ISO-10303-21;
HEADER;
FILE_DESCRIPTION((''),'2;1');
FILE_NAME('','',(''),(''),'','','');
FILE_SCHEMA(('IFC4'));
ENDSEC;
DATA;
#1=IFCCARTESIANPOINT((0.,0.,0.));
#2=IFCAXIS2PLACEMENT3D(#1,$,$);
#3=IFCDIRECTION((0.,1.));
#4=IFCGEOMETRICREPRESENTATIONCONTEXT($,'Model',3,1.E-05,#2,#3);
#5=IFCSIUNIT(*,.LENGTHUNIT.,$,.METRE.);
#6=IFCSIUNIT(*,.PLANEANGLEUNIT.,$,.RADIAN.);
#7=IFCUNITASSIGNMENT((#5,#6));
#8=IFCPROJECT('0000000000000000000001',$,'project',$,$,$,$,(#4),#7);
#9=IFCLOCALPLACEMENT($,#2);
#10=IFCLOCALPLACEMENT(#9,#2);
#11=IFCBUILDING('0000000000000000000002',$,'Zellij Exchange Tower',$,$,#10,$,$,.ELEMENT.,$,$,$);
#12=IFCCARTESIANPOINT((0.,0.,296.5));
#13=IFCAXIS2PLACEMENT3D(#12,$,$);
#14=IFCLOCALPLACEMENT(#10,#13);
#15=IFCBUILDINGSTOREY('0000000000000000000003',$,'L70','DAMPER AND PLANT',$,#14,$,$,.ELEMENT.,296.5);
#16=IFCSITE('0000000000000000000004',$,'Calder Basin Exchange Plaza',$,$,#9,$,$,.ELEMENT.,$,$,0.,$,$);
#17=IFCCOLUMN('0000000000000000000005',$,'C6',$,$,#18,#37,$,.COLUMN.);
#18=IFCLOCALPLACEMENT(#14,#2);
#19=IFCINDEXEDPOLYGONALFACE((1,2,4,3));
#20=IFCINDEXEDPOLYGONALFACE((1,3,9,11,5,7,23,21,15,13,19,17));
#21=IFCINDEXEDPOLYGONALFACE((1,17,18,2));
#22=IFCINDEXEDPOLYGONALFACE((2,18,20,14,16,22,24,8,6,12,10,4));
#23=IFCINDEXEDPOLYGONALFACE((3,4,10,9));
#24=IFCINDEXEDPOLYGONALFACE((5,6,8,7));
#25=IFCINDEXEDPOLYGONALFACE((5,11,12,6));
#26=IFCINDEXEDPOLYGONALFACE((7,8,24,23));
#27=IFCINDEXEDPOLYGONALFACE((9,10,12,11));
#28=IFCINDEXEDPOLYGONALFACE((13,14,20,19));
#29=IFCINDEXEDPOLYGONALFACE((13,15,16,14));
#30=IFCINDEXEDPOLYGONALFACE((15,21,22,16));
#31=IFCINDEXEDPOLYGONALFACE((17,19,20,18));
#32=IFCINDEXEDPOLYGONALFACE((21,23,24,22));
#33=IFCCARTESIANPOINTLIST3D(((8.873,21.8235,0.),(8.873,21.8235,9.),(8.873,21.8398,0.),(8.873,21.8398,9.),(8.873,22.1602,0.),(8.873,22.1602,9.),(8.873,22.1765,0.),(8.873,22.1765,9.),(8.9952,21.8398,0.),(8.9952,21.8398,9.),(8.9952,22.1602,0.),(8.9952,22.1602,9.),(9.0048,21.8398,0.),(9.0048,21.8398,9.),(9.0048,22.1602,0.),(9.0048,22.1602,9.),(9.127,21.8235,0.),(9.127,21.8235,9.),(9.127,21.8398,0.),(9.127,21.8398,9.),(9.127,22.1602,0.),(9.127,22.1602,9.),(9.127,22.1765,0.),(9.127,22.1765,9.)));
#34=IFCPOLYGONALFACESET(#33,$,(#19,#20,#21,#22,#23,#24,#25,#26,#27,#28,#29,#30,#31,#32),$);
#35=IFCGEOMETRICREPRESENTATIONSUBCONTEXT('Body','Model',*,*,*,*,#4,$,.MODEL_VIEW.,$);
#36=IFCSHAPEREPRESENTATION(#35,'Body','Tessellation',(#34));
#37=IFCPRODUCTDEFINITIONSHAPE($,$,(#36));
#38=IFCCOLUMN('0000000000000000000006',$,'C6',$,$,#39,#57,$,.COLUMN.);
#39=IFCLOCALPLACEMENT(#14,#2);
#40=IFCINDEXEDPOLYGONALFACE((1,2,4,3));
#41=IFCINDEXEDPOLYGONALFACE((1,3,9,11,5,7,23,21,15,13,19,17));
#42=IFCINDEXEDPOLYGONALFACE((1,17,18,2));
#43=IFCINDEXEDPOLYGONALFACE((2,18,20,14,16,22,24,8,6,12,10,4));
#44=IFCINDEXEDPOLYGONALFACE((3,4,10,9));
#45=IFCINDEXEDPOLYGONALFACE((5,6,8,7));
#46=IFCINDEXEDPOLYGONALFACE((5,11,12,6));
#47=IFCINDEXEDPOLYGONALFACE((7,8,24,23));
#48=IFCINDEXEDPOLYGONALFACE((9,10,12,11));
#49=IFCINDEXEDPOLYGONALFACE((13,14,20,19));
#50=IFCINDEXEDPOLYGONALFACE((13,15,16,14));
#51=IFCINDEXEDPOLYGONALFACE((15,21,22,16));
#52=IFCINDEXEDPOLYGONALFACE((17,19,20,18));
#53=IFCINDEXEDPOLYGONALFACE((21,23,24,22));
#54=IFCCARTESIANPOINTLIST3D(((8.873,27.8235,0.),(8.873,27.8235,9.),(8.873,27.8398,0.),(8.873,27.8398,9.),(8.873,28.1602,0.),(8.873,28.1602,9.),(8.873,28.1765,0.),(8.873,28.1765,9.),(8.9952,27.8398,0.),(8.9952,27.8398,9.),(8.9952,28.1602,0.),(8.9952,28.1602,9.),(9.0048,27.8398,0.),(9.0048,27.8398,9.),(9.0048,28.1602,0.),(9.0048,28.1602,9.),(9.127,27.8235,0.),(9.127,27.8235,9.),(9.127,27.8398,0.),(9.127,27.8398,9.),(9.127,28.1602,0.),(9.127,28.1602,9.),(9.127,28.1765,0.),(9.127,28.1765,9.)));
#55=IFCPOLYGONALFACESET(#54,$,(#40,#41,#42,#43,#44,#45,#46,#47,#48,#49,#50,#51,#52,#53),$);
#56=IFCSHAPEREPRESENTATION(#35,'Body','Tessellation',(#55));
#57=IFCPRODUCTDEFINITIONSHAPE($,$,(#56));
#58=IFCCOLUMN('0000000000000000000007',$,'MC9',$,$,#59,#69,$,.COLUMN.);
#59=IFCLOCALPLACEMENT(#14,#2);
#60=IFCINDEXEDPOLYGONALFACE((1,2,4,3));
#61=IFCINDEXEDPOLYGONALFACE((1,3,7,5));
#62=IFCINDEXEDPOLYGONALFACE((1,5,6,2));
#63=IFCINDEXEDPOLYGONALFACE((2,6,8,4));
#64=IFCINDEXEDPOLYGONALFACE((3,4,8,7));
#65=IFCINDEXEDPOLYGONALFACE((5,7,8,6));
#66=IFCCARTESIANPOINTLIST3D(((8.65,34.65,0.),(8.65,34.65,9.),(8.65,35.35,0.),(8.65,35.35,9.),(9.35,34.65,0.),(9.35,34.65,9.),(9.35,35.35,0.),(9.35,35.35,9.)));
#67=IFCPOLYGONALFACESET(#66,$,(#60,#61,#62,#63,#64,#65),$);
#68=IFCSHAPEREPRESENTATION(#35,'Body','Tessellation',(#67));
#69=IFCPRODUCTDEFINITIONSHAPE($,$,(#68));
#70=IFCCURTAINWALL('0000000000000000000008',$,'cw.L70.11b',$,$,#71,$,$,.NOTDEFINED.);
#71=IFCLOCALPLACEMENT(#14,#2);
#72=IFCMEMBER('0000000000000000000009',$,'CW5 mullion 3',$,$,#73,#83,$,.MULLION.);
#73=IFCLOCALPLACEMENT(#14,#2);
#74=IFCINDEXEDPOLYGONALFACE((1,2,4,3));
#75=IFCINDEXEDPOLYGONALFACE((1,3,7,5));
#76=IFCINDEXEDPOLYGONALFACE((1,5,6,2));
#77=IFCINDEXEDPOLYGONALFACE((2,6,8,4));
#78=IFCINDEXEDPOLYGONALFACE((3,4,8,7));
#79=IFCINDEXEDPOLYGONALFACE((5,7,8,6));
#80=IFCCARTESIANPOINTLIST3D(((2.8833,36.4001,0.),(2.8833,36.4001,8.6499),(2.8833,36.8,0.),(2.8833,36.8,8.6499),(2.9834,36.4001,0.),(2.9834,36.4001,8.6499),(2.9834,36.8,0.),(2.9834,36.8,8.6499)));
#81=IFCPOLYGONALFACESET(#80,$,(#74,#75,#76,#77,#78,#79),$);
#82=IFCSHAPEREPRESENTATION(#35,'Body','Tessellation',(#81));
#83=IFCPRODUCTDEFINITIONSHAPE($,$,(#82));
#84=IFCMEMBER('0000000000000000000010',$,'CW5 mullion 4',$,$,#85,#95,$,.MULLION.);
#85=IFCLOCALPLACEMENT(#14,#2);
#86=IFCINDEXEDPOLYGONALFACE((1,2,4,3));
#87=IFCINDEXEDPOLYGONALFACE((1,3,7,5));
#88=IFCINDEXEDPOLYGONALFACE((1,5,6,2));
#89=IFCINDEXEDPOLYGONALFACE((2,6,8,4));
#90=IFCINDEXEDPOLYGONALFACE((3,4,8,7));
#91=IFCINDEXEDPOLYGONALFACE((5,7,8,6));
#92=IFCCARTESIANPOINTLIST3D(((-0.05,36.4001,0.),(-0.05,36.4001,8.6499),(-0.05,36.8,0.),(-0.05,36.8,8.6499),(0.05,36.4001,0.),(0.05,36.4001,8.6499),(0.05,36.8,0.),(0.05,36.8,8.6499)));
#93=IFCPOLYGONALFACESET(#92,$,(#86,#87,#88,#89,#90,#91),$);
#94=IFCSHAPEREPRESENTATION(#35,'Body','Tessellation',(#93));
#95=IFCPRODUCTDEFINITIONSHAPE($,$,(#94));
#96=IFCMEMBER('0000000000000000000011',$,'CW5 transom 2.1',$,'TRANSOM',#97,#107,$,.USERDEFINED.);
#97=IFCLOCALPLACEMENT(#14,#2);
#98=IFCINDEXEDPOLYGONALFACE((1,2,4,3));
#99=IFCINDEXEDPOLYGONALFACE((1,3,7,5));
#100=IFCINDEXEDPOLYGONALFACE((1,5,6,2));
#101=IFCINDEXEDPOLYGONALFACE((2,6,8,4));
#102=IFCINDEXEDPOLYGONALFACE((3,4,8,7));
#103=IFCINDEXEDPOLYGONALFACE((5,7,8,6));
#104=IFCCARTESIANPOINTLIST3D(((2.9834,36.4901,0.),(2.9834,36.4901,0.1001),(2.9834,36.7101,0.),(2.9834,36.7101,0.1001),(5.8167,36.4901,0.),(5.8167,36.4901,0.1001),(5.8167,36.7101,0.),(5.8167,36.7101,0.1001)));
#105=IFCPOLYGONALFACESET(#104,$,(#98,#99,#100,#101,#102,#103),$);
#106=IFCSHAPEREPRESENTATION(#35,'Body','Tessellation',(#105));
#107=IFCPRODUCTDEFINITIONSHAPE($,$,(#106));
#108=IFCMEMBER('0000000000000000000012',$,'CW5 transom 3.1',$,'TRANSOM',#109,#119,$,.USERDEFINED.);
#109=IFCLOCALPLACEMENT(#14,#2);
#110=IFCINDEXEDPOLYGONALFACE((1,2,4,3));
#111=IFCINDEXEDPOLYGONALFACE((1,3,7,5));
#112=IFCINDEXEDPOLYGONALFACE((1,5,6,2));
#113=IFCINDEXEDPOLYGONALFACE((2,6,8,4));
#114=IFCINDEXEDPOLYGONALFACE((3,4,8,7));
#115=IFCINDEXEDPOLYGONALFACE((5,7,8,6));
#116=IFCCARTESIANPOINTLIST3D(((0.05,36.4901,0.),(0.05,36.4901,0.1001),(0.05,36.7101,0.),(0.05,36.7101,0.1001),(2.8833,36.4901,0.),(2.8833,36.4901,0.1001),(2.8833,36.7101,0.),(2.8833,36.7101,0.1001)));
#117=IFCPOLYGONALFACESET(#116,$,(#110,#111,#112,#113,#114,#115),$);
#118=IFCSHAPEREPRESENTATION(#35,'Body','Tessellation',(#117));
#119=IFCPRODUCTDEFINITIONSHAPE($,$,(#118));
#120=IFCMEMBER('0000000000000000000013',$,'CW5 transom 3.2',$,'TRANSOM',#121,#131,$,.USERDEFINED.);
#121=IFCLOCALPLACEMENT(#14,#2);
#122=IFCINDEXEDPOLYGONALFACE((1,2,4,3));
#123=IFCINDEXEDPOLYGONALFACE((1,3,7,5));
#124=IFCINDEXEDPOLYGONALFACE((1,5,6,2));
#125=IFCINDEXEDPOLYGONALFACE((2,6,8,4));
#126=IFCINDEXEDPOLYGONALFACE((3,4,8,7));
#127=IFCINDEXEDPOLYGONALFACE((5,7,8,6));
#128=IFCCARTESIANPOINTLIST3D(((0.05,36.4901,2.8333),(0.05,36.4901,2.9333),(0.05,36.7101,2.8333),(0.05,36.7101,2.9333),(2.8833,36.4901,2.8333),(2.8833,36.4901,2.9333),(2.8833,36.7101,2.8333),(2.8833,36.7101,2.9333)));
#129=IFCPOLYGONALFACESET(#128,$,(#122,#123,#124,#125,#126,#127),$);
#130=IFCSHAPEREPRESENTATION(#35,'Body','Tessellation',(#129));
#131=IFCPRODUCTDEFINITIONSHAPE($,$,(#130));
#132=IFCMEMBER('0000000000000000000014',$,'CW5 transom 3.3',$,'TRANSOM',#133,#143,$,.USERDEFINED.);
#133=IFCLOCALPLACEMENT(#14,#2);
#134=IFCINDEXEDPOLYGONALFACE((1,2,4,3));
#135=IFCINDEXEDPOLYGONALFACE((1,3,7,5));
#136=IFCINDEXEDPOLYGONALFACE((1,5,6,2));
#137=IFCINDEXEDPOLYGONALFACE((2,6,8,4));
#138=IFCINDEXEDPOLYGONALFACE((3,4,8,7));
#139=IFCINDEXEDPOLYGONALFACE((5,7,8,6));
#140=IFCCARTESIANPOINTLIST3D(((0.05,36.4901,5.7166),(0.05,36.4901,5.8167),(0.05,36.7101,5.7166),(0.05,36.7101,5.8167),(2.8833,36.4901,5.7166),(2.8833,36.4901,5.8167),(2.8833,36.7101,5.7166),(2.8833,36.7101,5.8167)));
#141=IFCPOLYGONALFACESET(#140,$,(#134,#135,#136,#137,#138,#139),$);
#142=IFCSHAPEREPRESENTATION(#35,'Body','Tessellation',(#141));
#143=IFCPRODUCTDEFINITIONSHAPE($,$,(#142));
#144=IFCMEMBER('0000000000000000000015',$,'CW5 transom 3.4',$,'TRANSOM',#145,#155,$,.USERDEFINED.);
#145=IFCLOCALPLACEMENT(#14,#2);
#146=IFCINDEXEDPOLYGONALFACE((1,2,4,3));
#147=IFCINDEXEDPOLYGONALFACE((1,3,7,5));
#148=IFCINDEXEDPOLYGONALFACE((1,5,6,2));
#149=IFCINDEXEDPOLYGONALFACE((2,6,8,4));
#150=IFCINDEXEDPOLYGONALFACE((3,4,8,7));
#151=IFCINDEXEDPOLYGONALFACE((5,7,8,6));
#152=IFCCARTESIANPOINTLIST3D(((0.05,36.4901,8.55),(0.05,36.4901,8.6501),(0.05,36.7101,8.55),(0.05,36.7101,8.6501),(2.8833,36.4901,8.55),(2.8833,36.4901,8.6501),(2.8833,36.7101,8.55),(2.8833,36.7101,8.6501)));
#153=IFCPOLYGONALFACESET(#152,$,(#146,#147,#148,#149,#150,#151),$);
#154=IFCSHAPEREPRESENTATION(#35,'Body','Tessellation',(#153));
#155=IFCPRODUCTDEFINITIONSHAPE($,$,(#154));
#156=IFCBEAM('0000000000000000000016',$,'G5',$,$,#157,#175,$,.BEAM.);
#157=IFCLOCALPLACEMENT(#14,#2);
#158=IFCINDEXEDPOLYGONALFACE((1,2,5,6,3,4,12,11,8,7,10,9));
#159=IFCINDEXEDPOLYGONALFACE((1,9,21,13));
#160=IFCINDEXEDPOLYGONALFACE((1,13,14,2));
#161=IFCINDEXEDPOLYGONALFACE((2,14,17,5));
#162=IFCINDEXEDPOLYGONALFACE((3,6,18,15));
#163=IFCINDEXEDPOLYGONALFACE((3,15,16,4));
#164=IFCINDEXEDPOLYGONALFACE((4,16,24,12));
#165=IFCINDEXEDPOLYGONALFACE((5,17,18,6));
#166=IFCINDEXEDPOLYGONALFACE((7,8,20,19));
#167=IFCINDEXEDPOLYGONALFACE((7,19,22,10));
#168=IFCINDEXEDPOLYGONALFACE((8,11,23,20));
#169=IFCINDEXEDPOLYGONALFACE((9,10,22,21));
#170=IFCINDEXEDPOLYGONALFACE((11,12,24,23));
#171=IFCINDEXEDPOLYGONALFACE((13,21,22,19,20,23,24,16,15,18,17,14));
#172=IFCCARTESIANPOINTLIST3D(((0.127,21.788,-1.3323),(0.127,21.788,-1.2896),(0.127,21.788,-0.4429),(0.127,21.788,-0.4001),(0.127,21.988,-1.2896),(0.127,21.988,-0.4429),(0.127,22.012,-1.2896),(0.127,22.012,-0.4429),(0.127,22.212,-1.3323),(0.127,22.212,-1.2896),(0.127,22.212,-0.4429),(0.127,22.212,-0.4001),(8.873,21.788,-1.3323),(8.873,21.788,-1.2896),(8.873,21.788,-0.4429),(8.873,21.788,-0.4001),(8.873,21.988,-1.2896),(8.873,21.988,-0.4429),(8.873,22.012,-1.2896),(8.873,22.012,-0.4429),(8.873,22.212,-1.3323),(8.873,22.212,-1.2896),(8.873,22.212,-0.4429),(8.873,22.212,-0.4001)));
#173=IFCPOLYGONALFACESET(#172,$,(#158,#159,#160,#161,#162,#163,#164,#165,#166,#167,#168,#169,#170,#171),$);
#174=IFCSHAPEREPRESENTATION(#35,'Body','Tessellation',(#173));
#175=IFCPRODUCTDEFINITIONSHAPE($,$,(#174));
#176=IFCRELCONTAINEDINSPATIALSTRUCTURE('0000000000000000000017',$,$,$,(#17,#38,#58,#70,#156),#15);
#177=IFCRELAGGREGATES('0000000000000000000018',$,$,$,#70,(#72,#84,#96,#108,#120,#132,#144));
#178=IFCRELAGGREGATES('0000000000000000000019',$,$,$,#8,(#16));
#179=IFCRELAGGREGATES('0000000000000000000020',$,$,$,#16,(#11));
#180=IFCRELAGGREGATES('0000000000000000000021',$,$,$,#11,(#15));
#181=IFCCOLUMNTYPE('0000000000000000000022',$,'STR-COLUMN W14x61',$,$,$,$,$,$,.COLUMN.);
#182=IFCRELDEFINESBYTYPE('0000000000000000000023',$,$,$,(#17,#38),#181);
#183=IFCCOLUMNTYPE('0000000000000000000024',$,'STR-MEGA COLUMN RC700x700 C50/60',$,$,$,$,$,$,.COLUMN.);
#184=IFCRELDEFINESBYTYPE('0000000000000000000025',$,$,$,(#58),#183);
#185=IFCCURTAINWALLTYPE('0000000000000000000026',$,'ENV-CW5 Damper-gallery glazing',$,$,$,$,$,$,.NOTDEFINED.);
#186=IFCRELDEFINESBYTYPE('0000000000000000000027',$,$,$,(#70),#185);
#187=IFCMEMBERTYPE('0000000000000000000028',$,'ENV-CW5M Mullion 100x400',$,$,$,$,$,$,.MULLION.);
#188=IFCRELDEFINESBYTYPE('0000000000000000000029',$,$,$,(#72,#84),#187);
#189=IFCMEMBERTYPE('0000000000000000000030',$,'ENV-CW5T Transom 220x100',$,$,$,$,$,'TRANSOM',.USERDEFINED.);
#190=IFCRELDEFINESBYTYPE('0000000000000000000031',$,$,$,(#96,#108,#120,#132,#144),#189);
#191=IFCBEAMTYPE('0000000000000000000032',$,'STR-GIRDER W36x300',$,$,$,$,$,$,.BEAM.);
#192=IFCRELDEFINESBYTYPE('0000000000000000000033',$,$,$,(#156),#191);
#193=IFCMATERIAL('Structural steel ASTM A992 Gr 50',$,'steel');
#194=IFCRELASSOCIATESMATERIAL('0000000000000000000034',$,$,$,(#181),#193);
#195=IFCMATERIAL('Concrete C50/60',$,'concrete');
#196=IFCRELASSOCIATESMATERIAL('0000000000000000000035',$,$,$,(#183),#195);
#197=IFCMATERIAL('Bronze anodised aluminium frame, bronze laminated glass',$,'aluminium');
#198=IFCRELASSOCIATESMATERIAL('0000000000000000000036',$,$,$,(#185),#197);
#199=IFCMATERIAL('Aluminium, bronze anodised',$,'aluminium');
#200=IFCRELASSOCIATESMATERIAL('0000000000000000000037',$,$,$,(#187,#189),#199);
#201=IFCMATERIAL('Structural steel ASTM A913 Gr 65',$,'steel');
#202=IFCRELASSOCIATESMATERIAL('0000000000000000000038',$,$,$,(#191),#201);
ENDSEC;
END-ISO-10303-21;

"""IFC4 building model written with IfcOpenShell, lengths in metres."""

from ifc_helpers import new_model, si_unit, direction, frame, origin, origin_2d, place, context, subcontext, project, spatial, rectangle, i_section, extrude, material, material_profile, profile_set, type_object, element, aggregate, save


model = new_model("IFC4")

# Units and contexts
model_context = context("Model", 3, precision=1e-05, world=origin(), true_north=direction((0.0, 1.0)))
body_context = subcontext(model_context, "Body", "Model", "MODEL_VIEW")
ifc_project = project(units=[si_unit("LENGTHUNIT", "METRE"), si_unit("PLANEANGLEUNIT", "RADIAN")], contexts=[model_context])

# Site, building, storey
site_placement = place(None, origin())
site = spatial("IfcSite", under=ifc_project, at=site_placement, Name="Calder Basin Exchange Plaza", CompositionType="ELEMENT", RefElevation=0.0)
building_placement = place(site_placement, origin())
building = spatial("IfcBuilding", under=site, at=building_placement, Name="Zellij Exchange Tower", CompositionType="ELEMENT")
storey_placement = place(building_placement, frame((0.0, 0.0, 296.5)))
storey = spatial("IfcBuildingStorey", under=building, at=storey_placement, Name="L70", Description="DAMPER AND PLANT", CompositionType="ELEMENT", Elevation=296.5)

# Columns
ifc_material_1 = material(Name="Structural steel ASTM A992 Gr 50", Category="steel")
ifc_material_profile_1 = material_profile(ifc_material_1, i_section(OverallWidth=0.2539, OverallDepth=0.353, WebThickness=0.0095, FlangeThickness=0.0164, at=origin_2d()), Name="W14x61")
ifc_profile_set_1 = profile_set([ifc_material_profile_1], Name="Structural steel ASTM A992 Gr 50")
column_type_1 = type_object("IfcColumnType", Name="STR-COLUMN W14x61", PredefinedType="COLUMN", material=ifc_profile_set_1)
for number, where, z_axis, x_axis, name in (
    (1, (9.0, 22.0, 0.0), (0.0, 0.0, 1.0), (1.0, 0.0, 0.0), "C6"),
    (2, (9.0, 28.0, 0.0), (0.0, 0.0, 1.0), (1.0, 0.0, 0.0), "C6"),
):
    element("IfcColumn", number, at=place(storey_placement, frame(where, z_axis=z_axis, x_axis=x_axis)), inside=storey, type_object=column_type_1, Name=name, PredefinedType="COLUMN", context=body_context, shape_type="SweptSolid", body=[
        extrude(i_section(OverallWidth=0.2539, OverallDepth=0.353, WebThickness=0.0095, FlangeThickness=0.0164, at=origin_2d()), origin(), (0.0, 0.0, 1.0), 9.0),
    ])
ifc_material_2 = material(Name="Concrete C50/60", Category="concrete")
ifc_material_profile_2 = material_profile(ifc_material_2, rectangle(XDim=0.7, YDim=0.7, at=origin_2d()), Name="STR-MEGA COLUMN RC700x700 C50/60")
ifc_profile_set_2 = profile_set([ifc_material_profile_2], Name="Concrete C50/60")
column_type_2 = type_object("IfcColumnType", Name="STR-MEGA COLUMN RC700x700 C50/60", PredefinedType="COLUMN", material=ifc_profile_set_2)
column_placement = place(storey_placement, frame((9.0, 35.0, 0.0), z_axis=(0.0, 0.0, 1.0), x_axis=(1.0, 0.0, 0.0)))
element("IfcColumn", 3, at=column_placement, inside=storey, type_object=column_type_2, Name="MC9", PredefinedType="COLUMN", context=body_context, shape_type="SweptSolid", body=[
    extrude(rectangle(XDim=0.7, YDim=0.7, at=origin_2d()), origin(), (0.0, 0.0, 1.0), 9.0),
])

# Curtain wall, members
ifc_material_3 = material(Name="Bronze anodised aluminium frame, bronze laminated glass", Category="aluminium")
curtain_wall_type = type_object("IfcCurtainWallType", Name="ENV-CW5 Damper-gallery glazing", PredefinedType="NOTDEFINED", material=ifc_material_3)
curtain_wall_placement = place(storey_placement, origin())
curtain_wall = element("IfcCurtainWall", 4, at=curtain_wall_placement, inside=storey, type_object=curtain_wall_type, Name="cw.L70.11b", PredefinedType="NOTDEFINED")
ifc_material_4 = material(Name="Aluminium, bronze anodised", Category="aluminium")
ifc_material_profile_3 = material_profile(ifc_material_4, rectangle(XDim=0.1001, YDim=0.3999, at=origin_2d()), Name="AL 100x400")
ifc_profile_set_3 = profile_set([ifc_material_profile_3], Name="Aluminium, bronze anodised")
member_type_1 = type_object("IfcMemberType", Name="ENV-CW5M Mullion 100x400", PredefinedType="MULLION", material=ifc_profile_set_3)
member_1_placement = place(storey_placement, frame((2.9333, 36.6001, 0.0), z_axis=(0.0, 0.0, 1.0), x_axis=(-1.0, 0.0, 0.0)))
member_1 = element("IfcMember", 5, at=member_1_placement, type_object=member_type_1, Name="CW5 mullion 3", PredefinedType="MULLION", context=body_context, shape_type="SweptSolid", body=[
    extrude(rectangle(XDim=0.1001, YDim=0.3999, at=origin_2d()), origin(), (0.0, 0.0, 1.0), 8.6499),
])
member_2_placement = place(storey_placement, frame((0.0, 36.6001, 0.0), z_axis=(0.0, 0.0, 1.0), x_axis=(-1.0, 0.0, 0.0)))
member_2 = element("IfcMember", 6, at=member_2_placement, type_object=member_type_1, Name="CW5 mullion 4", PredefinedType="MULLION", context=body_context, shape_type="SweptSolid", body=[
    extrude(rectangle(XDim=0.1001, YDim=0.3999, at=origin_2d()), origin(), (0.0, 0.0, 1.0), 8.6499),
])
ifc_material_profile_4 = material_profile(ifc_material_4, rectangle(XDim=0.22, YDim=0.1001, at=origin_2d()), Name="AL 220x100")
ifc_profile_set_4 = profile_set([ifc_material_profile_4], Name="Aluminium, bronze anodised")
member_type_2 = type_object("IfcMemberType", Name="ENV-CW5T Transom 220x100", ElementType="TRANSOM", PredefinedType="USERDEFINED", material=ifc_profile_set_4)
member_3_placement = place(storey_placement, frame((5.8167, 36.6001, 0.05), z_axis=(-1.0, 0.0, 0.0), x_axis=(0.0, -1.0, 0.0)))
member_3 = element("IfcMember", 7, at=member_3_placement, type_object=member_type_2, Name="CW5 transom 2.1", ObjectType="TRANSOM", PredefinedType="USERDEFINED", context=body_context, shape_type="SweptSolid", body=[
    extrude(rectangle(XDim=0.22, YDim=0.1001, at=origin_2d()), origin(), (0.0, 0.0, 1.0), 2.8333),
])
member_4_placement = place(storey_placement, frame((2.8833, 36.6001, 0.05), z_axis=(-1.0, 0.0, 0.0), x_axis=(0.0, -1.0, 0.0)))
member_4 = element("IfcMember", 8, at=member_4_placement, type_object=member_type_2, Name="CW5 transom 3.1", ObjectType="TRANSOM", PredefinedType="USERDEFINED", context=body_context, shape_type="SweptSolid", body=[
    extrude(rectangle(XDim=0.22, YDim=0.1001, at=origin_2d()), origin(), (0.0, 0.0, 1.0), 2.8333),
])
member_5_placement = place(storey_placement, frame((2.8833, 36.6001, 2.8833), z_axis=(-1.0, 0.0, 0.0), x_axis=(0.0, -1.0, 0.0)))
member_5 = element("IfcMember", 9, at=member_5_placement, type_object=member_type_2, Name="CW5 transom 3.2", ObjectType="TRANSOM", PredefinedType="USERDEFINED", context=body_context, shape_type="SweptSolid", body=[
    extrude(rectangle(XDim=0.22, YDim=0.1001, at=origin_2d()), origin(), (0.0, 0.0, 1.0), 2.8333),
])
member_6_placement = place(storey_placement, frame((2.8833, 36.6001, 5.7666), z_axis=(-1.0, 0.0, 0.0), x_axis=(0.0, -1.0, 0.0)))
member_6 = element("IfcMember", 10, at=member_6_placement, type_object=member_type_2, Name="CW5 transom 3.3", ObjectType="TRANSOM", PredefinedType="USERDEFINED", context=body_context, shape_type="SweptSolid", body=[
    extrude(rectangle(XDim=0.22, YDim=0.1001, at=origin_2d()), origin(), (0.0, 0.0, 1.0), 2.8333),
])
member_7_placement = place(storey_placement, frame((2.8833, 36.6001, 8.6001), z_axis=(-1.0, 0.0, 0.0), x_axis=(0.0, -1.0, 0.0)))
member_7 = element("IfcMember", 11, at=member_7_placement, type_object=member_type_2, Name="CW5 transom 3.4", ObjectType="TRANSOM", PredefinedType="USERDEFINED", context=body_context, shape_type="SweptSolid", body=[
    extrude(rectangle(XDim=0.22, YDim=0.1001, at=origin_2d()), origin(), (0.0, 0.0, 1.0), 2.8333),
])

# Beam
ifc_material_5 = material(Name="Structural steel ASTM A913 Gr 65", Category="steel")
ifc_material_profile_5 = material_profile(ifc_material_5, i_section(OverallWidth=0.4241, OverallDepth=0.9321, WebThickness=0.0239, FlangeThickness=0.0427, at=origin_2d()), Name="W36x300")
ifc_profile_set_5 = profile_set([ifc_material_profile_5], Name="Structural steel ASTM A913 Gr 65")
beam_type = type_object("IfcBeamType", Name="STR-GIRDER W36x300", PredefinedType="BEAM", material=ifc_profile_set_5)
for number, where, z_axis, x_axis, name in (
    (12, (0.127, 22.0, -0.8662), (1.0, 0.0, 0.0), (0.0, 1.0, 0.0), "G5"),
):
    element("IfcBeam", number, at=place(storey_placement, frame(where, z_axis=z_axis, x_axis=x_axis)), inside=storey, type_object=beam_type, Name=name, PredefinedType="BEAM", context=body_context, shape_type="SweptSolid", body=[
        extrude(i_section(OverallWidth=0.4241, OverallDepth=0.9321, WebThickness=0.0239, FlangeThickness=0.0427, at=origin_2d()), origin(), (0.0, 0.0, 1.0), 8.7461),
    ])

aggregate(curtain_wall, [member_1, member_2, member_3, member_4, member_5, member_6, member_7])

save(model, "model.ifc")
